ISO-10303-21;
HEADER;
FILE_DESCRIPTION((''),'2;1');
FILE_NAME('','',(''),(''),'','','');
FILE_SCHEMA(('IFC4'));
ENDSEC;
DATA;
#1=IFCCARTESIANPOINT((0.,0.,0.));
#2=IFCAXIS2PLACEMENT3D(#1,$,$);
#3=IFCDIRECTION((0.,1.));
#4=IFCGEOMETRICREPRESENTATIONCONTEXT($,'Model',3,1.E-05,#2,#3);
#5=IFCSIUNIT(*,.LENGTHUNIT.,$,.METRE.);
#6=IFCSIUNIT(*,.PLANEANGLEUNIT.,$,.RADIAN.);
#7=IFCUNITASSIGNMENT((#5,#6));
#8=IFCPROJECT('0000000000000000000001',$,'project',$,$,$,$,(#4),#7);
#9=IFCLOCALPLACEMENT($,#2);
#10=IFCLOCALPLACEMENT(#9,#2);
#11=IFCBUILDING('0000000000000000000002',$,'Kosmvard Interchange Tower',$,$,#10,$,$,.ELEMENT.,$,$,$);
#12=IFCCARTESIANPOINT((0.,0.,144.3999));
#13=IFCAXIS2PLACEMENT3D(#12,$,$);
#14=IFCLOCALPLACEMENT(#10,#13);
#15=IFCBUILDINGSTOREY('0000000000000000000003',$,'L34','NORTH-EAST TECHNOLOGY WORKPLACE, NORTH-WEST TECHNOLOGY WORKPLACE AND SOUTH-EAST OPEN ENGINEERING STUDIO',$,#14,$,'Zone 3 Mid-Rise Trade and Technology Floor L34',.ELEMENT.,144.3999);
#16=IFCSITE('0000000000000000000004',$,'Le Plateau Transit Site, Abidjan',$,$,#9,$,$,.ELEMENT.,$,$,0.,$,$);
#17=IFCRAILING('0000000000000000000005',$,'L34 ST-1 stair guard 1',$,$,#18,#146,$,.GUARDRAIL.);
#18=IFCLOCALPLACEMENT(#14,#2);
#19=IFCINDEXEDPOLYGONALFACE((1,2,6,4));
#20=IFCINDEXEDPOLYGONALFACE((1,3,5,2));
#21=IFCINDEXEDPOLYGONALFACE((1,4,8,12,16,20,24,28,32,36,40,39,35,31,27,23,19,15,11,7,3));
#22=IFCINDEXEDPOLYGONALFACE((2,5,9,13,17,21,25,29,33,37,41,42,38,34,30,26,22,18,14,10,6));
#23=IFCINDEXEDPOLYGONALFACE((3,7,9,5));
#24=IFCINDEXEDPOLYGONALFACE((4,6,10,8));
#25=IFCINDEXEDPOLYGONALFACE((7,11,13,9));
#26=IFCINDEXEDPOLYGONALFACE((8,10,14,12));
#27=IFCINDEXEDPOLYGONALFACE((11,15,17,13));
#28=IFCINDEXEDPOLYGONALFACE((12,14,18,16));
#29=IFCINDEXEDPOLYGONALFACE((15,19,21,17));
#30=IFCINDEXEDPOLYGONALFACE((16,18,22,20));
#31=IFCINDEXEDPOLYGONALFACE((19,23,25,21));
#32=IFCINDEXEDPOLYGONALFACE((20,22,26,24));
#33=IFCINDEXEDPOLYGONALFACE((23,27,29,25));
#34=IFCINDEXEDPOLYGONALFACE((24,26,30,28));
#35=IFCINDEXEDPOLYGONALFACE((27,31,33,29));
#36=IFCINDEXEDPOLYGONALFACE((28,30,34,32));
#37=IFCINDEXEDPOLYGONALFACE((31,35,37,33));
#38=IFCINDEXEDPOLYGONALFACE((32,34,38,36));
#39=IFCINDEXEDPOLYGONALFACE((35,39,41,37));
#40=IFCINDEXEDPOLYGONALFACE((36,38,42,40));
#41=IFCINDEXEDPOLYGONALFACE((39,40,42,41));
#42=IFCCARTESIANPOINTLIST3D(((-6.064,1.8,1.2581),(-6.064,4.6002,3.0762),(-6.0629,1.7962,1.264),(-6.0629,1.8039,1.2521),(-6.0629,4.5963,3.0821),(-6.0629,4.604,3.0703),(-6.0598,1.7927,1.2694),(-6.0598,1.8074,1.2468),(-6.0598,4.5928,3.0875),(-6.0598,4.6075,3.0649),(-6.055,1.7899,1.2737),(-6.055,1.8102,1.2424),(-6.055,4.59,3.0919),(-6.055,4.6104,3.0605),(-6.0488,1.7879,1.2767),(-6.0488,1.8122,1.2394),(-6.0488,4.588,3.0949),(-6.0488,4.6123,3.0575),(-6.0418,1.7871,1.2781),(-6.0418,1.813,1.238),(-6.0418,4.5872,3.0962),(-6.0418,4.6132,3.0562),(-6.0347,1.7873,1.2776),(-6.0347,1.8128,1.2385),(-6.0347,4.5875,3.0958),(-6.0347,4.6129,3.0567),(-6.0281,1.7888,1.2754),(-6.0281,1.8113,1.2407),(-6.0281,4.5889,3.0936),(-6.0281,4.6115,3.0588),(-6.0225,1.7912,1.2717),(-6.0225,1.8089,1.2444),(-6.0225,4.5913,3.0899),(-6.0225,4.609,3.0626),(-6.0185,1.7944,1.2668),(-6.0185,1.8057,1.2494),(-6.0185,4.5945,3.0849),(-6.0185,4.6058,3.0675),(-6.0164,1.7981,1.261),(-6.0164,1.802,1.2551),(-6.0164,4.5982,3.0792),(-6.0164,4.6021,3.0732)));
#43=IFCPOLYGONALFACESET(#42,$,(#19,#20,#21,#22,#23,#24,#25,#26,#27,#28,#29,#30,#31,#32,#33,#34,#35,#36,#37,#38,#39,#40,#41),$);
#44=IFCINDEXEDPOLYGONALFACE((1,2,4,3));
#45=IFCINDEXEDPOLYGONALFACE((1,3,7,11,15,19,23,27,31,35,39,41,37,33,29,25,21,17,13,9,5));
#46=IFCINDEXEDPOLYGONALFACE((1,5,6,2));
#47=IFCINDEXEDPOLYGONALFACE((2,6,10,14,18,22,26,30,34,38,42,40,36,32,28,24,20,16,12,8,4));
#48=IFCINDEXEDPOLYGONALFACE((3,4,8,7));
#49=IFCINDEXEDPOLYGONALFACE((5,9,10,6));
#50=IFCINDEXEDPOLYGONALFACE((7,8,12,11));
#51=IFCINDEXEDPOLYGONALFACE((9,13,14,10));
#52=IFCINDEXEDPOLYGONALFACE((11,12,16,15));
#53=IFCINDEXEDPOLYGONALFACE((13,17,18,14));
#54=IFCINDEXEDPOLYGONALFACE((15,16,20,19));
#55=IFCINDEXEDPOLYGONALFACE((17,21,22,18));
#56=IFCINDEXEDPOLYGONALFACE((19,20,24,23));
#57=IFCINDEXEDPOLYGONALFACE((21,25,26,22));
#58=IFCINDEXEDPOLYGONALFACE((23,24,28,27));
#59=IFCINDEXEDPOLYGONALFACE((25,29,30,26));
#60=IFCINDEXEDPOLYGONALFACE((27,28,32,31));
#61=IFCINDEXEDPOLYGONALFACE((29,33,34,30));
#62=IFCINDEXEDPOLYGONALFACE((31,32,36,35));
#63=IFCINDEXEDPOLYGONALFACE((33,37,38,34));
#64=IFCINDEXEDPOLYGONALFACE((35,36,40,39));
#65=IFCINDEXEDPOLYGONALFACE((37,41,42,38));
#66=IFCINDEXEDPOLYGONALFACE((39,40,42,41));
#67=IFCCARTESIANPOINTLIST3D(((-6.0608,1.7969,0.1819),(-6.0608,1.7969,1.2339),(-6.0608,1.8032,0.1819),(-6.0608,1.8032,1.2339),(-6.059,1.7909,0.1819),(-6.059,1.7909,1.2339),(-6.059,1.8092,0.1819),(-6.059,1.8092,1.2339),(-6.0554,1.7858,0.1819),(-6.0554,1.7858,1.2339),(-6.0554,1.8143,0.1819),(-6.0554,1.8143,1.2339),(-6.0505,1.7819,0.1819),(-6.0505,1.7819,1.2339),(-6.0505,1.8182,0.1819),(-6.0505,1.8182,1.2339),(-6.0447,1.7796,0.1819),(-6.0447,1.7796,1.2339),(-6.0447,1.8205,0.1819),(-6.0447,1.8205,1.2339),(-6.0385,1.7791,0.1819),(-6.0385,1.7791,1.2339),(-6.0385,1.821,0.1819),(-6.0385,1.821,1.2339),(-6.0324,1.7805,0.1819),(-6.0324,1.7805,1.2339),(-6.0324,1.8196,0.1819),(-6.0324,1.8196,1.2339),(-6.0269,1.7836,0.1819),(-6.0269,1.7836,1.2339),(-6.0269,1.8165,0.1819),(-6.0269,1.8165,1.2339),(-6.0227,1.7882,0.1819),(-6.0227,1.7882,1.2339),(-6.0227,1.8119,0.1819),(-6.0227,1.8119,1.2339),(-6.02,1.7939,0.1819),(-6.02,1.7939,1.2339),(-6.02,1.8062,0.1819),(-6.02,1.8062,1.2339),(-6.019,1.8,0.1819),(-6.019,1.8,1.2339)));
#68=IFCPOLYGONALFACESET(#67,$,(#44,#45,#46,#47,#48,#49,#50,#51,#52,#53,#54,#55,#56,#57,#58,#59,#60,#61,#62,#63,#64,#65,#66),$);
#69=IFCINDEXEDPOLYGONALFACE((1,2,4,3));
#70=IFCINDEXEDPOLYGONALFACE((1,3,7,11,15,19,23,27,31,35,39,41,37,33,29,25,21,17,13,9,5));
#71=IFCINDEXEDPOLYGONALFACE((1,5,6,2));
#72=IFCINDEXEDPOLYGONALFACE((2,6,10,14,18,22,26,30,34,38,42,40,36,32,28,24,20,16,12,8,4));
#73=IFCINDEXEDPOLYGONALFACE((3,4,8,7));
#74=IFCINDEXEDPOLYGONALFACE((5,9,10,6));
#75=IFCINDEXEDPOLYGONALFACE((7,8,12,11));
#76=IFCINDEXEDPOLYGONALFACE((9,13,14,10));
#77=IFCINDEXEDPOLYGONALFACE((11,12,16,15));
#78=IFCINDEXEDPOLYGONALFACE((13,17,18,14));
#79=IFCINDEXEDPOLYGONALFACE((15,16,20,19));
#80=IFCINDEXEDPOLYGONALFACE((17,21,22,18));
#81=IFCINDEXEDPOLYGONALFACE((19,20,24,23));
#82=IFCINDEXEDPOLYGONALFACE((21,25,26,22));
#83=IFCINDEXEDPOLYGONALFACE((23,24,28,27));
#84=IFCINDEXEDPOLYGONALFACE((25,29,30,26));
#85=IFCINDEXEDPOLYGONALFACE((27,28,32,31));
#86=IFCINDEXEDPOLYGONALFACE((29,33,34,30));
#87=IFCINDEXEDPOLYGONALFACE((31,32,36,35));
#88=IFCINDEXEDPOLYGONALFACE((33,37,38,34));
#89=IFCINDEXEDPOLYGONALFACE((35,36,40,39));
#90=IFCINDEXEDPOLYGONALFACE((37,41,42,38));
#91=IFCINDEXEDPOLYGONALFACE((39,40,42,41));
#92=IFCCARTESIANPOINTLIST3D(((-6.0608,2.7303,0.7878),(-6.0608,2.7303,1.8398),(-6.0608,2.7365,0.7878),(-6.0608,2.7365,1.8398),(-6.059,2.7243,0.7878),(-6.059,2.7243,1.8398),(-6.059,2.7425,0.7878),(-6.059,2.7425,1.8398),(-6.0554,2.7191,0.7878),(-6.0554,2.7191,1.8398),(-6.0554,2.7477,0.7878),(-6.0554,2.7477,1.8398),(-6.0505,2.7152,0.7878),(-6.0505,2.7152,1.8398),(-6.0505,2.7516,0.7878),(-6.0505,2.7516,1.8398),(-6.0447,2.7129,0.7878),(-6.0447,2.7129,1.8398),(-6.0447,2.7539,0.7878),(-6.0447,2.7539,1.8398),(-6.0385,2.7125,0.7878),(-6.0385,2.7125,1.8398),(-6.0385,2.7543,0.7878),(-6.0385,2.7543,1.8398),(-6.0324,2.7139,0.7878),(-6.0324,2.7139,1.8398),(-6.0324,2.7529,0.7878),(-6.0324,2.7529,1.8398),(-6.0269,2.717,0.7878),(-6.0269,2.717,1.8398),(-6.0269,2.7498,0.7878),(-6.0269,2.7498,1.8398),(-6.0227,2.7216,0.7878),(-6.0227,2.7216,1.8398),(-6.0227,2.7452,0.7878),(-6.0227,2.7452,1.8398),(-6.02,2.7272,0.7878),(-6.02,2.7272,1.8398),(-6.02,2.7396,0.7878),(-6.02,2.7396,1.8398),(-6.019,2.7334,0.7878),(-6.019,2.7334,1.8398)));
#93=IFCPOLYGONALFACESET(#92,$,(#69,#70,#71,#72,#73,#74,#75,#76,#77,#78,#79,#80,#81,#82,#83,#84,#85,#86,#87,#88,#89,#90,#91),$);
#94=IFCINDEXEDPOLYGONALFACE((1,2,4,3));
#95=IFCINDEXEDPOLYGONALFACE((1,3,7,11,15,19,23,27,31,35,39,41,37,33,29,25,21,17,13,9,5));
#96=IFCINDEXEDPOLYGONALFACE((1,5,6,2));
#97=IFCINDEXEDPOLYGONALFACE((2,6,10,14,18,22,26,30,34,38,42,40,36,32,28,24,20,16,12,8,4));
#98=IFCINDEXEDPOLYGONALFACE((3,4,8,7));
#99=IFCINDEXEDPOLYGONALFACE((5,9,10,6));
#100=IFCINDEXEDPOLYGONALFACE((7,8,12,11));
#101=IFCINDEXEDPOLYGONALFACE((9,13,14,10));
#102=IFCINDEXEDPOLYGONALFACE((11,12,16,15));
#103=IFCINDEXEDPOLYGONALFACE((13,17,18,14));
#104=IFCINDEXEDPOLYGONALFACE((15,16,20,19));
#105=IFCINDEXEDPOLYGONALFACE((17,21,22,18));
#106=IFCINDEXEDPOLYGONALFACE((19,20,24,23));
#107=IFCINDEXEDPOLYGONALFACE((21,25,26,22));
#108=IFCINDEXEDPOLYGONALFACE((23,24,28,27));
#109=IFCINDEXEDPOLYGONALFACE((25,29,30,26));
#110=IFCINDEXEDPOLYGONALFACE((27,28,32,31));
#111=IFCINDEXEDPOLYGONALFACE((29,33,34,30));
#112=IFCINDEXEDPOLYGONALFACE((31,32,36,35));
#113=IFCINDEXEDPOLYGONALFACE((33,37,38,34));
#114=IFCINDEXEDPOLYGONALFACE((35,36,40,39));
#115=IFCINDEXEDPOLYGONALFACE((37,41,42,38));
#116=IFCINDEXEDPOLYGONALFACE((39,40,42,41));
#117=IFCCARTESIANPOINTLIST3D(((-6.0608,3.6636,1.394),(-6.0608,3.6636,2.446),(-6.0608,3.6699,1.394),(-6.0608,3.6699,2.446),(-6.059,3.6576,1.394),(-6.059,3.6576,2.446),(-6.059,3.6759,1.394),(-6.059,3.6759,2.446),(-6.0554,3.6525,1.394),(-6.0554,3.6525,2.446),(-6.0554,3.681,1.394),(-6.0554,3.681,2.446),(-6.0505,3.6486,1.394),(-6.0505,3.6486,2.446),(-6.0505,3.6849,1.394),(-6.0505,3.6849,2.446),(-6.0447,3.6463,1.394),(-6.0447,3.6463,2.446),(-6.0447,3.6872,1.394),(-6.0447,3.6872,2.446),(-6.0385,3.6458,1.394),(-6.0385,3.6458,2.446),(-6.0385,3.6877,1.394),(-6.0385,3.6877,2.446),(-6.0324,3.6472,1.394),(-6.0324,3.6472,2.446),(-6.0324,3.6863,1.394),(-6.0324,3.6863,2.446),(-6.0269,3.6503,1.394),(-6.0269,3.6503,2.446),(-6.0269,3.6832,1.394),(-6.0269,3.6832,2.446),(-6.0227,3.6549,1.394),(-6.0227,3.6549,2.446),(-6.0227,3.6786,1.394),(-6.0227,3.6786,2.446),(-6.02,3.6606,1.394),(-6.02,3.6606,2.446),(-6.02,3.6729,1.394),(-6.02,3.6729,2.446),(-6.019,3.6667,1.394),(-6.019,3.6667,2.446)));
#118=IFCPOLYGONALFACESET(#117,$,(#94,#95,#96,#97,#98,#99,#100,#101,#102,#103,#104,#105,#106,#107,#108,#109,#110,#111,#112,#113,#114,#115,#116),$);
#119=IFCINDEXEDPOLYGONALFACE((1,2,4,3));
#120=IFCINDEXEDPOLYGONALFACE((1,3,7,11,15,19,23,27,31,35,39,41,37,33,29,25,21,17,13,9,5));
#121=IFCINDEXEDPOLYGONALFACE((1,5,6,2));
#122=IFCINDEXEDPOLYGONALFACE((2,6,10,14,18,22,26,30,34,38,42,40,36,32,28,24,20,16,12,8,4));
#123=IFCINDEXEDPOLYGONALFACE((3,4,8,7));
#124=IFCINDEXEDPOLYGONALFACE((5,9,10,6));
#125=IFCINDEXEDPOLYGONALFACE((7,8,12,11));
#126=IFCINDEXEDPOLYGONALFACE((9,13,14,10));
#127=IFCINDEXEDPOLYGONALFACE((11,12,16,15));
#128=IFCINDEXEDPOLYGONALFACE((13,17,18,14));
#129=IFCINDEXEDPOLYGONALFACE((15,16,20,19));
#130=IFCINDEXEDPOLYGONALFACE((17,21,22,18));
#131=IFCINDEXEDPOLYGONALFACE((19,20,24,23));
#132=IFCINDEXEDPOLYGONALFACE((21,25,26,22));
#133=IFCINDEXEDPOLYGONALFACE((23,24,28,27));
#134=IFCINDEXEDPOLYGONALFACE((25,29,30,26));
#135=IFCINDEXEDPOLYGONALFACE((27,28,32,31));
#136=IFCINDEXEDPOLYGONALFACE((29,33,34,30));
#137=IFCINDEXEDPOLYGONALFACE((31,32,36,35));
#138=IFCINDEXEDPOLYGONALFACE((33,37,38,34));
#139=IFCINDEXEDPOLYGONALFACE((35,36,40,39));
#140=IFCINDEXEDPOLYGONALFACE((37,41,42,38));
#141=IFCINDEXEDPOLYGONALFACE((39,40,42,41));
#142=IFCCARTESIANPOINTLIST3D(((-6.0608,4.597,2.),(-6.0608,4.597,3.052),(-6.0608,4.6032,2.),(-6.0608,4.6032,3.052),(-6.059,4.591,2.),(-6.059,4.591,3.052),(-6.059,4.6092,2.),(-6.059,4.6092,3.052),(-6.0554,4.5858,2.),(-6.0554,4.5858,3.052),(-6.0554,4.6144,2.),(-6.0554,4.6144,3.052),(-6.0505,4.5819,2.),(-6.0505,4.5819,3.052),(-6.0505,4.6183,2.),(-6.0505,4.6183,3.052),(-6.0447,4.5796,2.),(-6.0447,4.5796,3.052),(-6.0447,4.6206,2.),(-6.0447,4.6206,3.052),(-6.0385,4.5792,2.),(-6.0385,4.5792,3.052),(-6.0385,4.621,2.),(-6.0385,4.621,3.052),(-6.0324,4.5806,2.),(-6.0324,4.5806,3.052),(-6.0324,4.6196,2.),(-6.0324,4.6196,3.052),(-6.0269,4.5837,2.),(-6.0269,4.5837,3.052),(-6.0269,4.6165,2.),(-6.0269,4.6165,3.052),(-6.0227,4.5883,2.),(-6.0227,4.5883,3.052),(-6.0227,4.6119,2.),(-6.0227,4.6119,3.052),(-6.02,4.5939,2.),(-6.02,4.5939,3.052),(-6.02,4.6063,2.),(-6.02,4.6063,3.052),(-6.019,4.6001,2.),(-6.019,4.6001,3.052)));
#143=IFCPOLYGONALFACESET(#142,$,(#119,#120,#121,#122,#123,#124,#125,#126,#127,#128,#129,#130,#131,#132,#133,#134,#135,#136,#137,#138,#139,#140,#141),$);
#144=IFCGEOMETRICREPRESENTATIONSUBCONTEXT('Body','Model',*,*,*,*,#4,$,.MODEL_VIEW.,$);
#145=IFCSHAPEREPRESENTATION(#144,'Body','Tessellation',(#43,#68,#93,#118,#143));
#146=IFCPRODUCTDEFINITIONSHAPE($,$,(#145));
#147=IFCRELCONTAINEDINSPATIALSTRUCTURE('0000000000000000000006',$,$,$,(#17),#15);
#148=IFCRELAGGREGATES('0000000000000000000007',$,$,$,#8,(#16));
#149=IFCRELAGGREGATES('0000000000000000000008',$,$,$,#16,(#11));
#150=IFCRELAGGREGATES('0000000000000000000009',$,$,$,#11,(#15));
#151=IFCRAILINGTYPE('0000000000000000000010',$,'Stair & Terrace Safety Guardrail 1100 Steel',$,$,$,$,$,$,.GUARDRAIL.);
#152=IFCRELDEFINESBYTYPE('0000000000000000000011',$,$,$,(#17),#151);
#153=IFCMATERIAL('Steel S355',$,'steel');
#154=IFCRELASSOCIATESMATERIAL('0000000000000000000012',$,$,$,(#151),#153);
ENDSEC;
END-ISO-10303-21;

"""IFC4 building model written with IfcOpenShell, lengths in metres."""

from ifc_helpers import new_model, si_unit, direction, frame, origin, origin_2d, place, context, subcontext, project, spatial, circle, extrude, source, transform, mapped, material, type_object, element, save


model = new_model("IFC4")

# Units and contexts
model_context = context("Model", 3, precision=1e-05, world=origin(), true_north=direction((0.0, 1.0)))
body_context = subcontext(model_context, "Body", "Model", "MODEL_VIEW")
ifc_project = project(units=[si_unit("LENGTHUNIT", "METRE"), si_unit("PLANEANGLEUNIT", "RADIAN")], contexts=[model_context])

# Site, building, storey
site_placement = place(None, origin())
site = spatial("IfcSite", under=ifc_project, at=site_placement, Name="Le Plateau Transit Site, Abidjan", CompositionType="ELEMENT", RefElevation=0.0)
building_placement = place(site_placement, origin())
building = spatial("IfcBuilding", under=site, at=building_placement, Name="Kosmvard Interchange Tower", CompositionType="ELEMENT")
storey_placement = place(building_placement, frame((0.0, 0.0, 144.3999)))
storey = spatial("IfcBuildingStorey", under=building, at=storey_placement, Name="L34", Description="NORTH-EAST TECHNOLOGY WORKPLACE, NORTH-WEST TECHNOLOGY WORKPLACE AND SOUTH-EAST OPEN ENGINEERING STUDIO", LongName="Zone 3 Mid-Rise Trade and Technology Floor L34", CompositionType="ELEMENT", Elevation=144.3999)

# Shared definitions
ifc_material_1 = material(Name="Steel S355", Category="steel")

# Railing
railing_type_1 = type_object("IfcRailingType", Name="Stair & Terrace Safety Guardrail 1100 Steel", PredefinedType="GUARDRAIL", material=ifc_material_1)
shared_shape_1 = source(origin(), body_context, "Body", "SweptSolid", [
    extrude(circle(Radius=0.0239, at=origin_2d()), frame((0.0, 0.0, 1.0762), z_axis=(0.0, 0.838706, 0.544585), x_axis=(-1.0, 0.0, 0.0)), (0.0, 0.0, 1.0), 3.3386),
    extrude(circle(Radius=0.021, at=origin_2d()), origin(), (0.0, 0.0, 1.0), 1.052),
    extrude(circle(Radius=0.021, at=origin_2d()), frame((0.0, 0.9333, 0.606)), (0.0, 0.0, 1.0), 1.052),
    extrude(circle(Radius=0.021, at=origin_2d()), frame((0.0, 1.8667, 1.2122)), (0.0, 0.0, 1.0), 1.052),
    extrude(circle(Radius=0.021, at=origin_2d()), frame((0.0, 2.8, 1.8181)), (0.0, 0.0, 1.0), 1.052),
])
railing_1_placement = place(storey_placement, frame((-6.04, 1.8, 0.1819)))
element("IfcRailing", 1, at=railing_1_placement, inside=storey, type_object=railing_type_1, Name="L34 ST-1 stair guard 1", PredefinedType="GUARDRAIL", context=body_context, shape_type="MappedRepresentation", body=[
    mapped(shared_shape_1, transform((0.0, 0.0, 0.0), scale=1.0)),
])

save(model, "model.ifc")
